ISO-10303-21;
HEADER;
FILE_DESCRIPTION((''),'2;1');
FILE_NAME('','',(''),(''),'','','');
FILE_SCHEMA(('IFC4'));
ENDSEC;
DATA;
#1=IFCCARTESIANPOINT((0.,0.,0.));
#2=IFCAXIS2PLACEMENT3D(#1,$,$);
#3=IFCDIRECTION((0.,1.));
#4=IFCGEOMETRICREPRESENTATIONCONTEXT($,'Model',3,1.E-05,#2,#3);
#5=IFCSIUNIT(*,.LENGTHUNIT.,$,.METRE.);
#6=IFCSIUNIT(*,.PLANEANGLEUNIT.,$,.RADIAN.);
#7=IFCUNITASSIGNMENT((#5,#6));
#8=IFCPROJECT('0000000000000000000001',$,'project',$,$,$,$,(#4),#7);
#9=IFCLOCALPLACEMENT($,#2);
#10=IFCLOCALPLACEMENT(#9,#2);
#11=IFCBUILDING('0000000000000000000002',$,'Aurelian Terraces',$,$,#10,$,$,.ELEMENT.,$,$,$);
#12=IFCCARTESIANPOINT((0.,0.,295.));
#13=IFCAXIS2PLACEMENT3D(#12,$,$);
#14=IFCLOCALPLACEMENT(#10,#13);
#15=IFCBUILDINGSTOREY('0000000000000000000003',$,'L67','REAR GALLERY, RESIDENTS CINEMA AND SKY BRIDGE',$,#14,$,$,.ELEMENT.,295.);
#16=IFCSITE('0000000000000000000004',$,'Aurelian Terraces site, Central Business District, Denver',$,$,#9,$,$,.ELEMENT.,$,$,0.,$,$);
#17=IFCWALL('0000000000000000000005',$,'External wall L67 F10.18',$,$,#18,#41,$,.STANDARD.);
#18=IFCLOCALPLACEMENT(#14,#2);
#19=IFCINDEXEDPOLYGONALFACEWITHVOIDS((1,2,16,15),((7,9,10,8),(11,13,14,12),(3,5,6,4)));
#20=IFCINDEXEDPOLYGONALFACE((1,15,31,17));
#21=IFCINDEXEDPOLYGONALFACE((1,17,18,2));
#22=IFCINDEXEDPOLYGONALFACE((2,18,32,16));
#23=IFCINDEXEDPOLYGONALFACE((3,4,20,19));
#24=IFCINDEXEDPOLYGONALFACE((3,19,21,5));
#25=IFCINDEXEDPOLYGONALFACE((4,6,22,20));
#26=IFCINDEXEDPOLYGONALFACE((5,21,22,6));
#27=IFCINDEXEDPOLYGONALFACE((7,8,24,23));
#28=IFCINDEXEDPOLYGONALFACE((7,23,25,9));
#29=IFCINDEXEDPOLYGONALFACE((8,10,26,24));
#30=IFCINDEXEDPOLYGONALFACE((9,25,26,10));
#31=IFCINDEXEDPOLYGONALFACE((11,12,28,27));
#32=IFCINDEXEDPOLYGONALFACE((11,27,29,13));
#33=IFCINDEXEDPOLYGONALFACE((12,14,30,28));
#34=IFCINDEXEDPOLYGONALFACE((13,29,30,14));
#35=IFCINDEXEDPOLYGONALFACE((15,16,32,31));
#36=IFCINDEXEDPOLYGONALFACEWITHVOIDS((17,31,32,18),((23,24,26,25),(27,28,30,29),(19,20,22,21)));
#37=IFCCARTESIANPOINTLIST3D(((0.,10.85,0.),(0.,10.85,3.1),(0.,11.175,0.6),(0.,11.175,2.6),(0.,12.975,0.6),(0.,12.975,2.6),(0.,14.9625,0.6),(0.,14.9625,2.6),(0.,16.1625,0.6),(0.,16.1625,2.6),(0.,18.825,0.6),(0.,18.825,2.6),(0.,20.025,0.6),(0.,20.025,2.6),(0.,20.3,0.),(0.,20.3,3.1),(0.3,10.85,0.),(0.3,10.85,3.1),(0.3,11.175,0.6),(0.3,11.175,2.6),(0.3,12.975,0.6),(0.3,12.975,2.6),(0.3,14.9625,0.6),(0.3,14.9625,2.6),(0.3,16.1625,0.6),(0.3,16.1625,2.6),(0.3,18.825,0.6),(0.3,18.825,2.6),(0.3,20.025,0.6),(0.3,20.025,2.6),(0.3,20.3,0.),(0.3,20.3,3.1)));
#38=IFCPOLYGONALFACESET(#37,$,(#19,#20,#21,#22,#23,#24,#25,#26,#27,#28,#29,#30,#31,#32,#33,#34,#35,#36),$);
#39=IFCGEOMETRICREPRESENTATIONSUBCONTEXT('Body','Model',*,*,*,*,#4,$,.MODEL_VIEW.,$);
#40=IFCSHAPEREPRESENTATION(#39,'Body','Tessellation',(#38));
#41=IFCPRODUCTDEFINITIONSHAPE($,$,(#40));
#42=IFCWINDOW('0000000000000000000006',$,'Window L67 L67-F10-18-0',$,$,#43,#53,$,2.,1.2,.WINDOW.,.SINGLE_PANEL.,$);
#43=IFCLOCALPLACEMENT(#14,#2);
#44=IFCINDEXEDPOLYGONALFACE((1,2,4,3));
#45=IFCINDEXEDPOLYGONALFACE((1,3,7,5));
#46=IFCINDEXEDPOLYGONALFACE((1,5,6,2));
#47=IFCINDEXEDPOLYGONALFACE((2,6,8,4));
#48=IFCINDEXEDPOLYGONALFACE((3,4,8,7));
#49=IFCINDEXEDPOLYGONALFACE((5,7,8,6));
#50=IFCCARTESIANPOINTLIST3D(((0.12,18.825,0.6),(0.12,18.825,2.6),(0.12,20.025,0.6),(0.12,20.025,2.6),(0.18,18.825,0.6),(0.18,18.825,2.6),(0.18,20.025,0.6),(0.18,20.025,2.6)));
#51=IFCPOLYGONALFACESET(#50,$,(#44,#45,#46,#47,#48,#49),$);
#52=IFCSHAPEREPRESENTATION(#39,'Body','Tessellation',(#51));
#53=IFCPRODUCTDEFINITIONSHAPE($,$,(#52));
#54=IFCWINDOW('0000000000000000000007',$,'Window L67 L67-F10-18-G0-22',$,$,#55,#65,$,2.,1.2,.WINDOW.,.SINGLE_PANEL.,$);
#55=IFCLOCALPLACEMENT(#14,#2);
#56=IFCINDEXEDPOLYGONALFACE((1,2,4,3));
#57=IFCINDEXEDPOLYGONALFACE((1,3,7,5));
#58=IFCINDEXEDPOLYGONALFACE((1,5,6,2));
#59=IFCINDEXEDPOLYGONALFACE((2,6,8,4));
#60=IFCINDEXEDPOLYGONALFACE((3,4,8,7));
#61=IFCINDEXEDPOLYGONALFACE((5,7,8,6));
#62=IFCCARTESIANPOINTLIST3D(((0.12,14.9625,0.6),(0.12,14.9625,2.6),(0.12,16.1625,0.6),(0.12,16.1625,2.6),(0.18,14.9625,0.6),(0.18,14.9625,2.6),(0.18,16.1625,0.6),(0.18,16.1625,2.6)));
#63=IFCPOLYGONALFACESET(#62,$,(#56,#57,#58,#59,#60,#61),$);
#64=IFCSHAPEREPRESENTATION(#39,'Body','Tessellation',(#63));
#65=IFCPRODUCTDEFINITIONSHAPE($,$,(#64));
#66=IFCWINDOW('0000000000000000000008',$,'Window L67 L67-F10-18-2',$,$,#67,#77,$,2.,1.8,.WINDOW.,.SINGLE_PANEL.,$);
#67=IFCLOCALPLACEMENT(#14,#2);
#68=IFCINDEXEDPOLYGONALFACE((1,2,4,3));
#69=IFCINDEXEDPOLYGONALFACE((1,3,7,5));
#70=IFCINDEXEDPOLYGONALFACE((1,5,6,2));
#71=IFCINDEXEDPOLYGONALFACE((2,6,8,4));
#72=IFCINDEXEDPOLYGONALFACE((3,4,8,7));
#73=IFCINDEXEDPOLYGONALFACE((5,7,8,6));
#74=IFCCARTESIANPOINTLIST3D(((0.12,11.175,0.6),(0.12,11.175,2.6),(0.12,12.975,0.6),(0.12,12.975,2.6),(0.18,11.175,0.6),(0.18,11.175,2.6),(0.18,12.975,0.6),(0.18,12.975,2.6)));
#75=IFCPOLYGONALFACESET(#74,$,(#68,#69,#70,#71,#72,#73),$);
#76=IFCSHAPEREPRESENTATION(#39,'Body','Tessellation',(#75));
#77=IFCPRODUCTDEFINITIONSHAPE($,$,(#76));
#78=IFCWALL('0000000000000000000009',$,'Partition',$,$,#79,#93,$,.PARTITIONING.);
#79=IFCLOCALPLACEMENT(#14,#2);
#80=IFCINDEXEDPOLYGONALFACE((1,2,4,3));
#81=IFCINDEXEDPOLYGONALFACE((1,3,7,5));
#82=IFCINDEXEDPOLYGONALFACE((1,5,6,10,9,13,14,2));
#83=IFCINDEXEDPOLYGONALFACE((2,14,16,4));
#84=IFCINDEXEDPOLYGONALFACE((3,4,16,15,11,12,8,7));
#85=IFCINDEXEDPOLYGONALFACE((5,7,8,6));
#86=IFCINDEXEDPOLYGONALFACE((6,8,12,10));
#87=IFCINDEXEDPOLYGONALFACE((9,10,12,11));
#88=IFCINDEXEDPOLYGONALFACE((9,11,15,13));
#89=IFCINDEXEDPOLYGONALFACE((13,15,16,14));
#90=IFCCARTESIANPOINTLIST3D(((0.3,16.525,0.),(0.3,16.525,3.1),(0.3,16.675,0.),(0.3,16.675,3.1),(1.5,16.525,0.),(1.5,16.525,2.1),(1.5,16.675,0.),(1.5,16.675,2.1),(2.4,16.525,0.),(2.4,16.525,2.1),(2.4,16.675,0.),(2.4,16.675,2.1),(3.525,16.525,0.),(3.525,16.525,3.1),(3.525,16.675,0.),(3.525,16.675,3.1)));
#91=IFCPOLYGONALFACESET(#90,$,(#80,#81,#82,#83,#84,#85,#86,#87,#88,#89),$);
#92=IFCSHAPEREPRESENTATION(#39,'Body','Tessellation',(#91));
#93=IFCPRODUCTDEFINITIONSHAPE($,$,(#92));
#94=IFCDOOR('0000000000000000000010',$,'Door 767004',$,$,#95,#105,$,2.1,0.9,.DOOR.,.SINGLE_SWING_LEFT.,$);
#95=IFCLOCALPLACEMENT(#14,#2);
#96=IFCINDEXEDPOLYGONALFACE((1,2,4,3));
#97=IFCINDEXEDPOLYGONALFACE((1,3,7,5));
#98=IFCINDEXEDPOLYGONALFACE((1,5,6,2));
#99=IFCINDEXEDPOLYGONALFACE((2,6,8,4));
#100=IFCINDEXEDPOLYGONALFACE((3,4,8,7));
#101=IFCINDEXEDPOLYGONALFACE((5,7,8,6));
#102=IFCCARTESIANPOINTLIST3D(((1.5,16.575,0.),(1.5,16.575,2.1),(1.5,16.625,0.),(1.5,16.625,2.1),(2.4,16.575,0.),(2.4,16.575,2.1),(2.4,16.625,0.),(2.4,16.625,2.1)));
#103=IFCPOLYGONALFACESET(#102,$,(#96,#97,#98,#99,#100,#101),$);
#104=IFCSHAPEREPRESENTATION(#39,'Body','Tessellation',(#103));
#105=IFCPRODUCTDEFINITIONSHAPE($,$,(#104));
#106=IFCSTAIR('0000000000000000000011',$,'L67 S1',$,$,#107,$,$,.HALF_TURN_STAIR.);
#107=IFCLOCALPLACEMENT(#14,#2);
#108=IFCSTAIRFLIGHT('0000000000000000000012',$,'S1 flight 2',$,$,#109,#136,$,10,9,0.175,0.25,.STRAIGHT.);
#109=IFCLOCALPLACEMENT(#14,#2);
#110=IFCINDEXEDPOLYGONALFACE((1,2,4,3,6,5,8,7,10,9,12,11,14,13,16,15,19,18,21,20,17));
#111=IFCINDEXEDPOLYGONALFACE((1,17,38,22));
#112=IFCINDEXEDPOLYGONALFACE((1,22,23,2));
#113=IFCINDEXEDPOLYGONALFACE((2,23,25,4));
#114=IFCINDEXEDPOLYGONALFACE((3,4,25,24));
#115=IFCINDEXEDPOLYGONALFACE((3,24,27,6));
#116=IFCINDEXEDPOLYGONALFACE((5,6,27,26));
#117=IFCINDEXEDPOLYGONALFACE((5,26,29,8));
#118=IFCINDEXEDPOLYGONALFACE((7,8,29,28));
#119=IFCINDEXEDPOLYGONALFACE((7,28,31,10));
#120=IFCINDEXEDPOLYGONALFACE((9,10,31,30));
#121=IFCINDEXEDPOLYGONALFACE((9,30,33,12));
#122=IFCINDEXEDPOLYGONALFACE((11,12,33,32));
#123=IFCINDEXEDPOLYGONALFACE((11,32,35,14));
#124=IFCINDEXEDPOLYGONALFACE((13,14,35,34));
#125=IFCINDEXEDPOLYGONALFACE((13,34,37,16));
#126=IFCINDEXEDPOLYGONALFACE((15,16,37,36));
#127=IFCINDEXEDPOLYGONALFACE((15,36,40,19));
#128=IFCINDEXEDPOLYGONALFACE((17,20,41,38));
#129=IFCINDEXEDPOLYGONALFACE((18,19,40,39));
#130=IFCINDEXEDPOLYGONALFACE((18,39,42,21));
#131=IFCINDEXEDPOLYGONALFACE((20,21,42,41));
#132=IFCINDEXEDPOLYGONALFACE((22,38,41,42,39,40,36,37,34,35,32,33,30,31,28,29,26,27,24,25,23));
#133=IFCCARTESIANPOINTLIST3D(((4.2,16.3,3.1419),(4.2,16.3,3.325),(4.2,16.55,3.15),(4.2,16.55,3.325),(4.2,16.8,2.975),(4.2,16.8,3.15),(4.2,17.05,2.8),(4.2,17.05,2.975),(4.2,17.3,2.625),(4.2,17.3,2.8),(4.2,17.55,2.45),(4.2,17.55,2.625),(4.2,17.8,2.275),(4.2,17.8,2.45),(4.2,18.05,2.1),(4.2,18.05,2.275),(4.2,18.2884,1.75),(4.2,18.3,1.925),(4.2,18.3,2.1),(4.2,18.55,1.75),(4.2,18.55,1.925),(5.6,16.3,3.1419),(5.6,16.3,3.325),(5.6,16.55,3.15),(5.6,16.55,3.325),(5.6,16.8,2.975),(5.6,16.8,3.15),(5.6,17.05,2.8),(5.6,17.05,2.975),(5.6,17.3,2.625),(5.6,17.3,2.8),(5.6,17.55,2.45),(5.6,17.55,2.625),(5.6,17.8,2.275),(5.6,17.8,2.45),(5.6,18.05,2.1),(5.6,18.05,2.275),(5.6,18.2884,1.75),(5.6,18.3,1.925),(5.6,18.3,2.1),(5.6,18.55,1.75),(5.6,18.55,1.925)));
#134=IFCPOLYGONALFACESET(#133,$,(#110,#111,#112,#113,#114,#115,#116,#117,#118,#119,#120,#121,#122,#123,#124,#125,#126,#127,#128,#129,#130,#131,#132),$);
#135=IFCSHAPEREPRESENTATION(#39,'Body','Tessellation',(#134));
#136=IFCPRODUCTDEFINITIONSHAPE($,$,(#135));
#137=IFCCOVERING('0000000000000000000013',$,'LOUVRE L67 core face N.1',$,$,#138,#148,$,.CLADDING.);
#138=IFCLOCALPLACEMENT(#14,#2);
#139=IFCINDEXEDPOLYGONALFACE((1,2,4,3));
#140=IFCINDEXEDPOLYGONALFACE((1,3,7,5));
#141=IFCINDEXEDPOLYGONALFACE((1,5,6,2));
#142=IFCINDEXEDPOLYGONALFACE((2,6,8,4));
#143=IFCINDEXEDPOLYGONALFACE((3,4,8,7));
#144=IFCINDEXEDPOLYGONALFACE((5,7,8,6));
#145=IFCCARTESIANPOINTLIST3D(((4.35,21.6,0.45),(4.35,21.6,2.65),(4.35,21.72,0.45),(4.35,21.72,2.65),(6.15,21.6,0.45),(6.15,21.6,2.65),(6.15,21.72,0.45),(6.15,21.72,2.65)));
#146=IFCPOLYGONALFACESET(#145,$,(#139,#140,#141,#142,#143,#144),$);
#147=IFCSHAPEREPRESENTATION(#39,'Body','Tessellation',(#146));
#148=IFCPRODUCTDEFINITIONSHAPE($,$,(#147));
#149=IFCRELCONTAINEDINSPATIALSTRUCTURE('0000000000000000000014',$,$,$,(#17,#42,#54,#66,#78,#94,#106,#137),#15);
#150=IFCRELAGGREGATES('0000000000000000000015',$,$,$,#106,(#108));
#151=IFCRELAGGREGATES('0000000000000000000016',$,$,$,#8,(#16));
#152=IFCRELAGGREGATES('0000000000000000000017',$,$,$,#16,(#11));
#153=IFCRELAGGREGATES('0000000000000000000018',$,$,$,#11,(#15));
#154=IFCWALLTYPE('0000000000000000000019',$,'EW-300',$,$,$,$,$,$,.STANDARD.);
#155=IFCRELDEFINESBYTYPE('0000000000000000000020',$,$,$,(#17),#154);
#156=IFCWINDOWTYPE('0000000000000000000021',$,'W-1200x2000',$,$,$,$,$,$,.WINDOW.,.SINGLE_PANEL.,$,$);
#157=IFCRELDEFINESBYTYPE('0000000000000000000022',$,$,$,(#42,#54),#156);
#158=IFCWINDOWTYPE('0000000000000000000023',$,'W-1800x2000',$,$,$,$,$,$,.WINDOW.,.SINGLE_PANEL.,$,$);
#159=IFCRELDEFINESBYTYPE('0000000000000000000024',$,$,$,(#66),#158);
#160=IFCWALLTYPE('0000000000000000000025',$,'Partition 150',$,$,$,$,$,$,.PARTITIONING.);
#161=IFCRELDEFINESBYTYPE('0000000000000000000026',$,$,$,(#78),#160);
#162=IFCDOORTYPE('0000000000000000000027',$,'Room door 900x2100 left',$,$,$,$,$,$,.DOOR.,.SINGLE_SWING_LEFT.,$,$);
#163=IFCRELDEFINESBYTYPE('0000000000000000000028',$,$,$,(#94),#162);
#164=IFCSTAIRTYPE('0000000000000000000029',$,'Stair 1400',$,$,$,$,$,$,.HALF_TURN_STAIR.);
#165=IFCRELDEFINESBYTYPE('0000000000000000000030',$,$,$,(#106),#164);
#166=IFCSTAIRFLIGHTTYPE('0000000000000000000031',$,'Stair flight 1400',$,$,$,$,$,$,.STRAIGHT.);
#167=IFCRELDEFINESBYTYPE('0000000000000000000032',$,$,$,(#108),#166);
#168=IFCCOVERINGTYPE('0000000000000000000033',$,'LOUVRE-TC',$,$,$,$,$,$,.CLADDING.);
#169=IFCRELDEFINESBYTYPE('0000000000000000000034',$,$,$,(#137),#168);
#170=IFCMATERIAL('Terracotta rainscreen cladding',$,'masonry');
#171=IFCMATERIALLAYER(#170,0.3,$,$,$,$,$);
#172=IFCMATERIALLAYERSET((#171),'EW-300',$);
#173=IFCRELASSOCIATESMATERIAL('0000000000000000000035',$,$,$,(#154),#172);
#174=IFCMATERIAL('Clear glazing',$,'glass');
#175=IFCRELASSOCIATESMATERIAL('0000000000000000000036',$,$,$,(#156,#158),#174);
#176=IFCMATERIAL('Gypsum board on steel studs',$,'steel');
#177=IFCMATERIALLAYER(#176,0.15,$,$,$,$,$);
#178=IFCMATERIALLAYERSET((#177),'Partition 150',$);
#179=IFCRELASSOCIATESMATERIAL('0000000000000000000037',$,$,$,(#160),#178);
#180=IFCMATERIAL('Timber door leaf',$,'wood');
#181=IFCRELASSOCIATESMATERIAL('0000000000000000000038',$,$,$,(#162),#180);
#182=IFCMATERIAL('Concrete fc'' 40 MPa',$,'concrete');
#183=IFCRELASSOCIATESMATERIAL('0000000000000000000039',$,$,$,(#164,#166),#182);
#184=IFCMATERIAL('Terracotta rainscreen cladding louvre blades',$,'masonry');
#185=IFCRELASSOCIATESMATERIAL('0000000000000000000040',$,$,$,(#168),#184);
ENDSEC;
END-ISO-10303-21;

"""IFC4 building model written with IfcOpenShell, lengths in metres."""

from ifc_helpers import new_model, si_unit, direction, frame, frame_2d, origin, origin_2d, place, context, subcontext, project, spatial, polyline, rectangle, outline, extrude, source, transform, mapped, material, layer, layer_set, type_object, element, fill, aggregate, save


model = new_model("IFC4")

# Units and contexts
model_context = context("Model", 3, precision=1e-05, world=origin(), true_north=direction((0.0, 1.0)))
body_context = subcontext(model_context, "Body", "Model", "MODEL_VIEW")
ifc_project = project(units=[si_unit("LENGTHUNIT", "METRE"), si_unit("PLANEANGLEUNIT", "RADIAN")], contexts=[model_context])

# Site, building, storey
site_placement = place(None, origin())
site = spatial("IfcSite", under=ifc_project, at=site_placement, Name="Aurelian Terraces site, Central Business District, Denver", CompositionType="ELEMENT", RefElevation=0.0)
building_placement = place(site_placement, origin())
building = spatial("IfcBuilding", under=site, at=building_placement, Name="Aurelian Terraces", CompositionType="ELEMENT")
storey_placement = place(building_placement, frame((0.0, 0.0, 295.0)))
storey = spatial("IfcBuildingStorey", under=building, at=storey_placement, Name="L67", Description="REAR GALLERY, RESIDENTS CINEMA AND SKY BRIDGE", CompositionType="ELEMENT", Elevation=295.0)

# Shared definitions
ifc_material_1 = material(Name="Terracotta rainscreen cladding", Category="masonry")
ifc_layer_1 = layer(ifc_material_1, 0.3)
ifc_layer_set_1 = layer_set([ifc_layer_1], Name="EW-300")
wall_type_1 = type_object("IfcWallType", Name="EW-300", PredefinedType="STANDARD", material=ifc_layer_set_1)
ifc_material_2 = material(Name="Clear glazing", Category="glass")

# Wall, openings, windows
shared_shape_1 = source(origin(), body_context, "Body", "SweptSolid", [
    extrude(rectangle(XDim=9.45, YDim=0.3, at=frame_2d((4.725, 0.0))), origin(), (0.0, 0.0, 1.0), 3.1),
])
wall_1_placement = place(storey_placement, frame((0.15, 20.3, 0.0), z_axis=(0.0, 0.0, 1.0), x_axis=(0.0, -1.0, 0.0)))
wall_1 = element("IfcWall", 1, at=wall_1_placement, inside=storey, type_object=wall_type_1, Name="External wall L67 F10.18", PredefinedType="STANDARD", context=body_context, shape_type="MappedRepresentation", body=[
    mapped(shared_shape_1, transform((0.0, 0.0, 0.0), scale=1.0)),
])
shared_shape_2 = source(origin(), body_context, "Body", "SweptSolid", [
    extrude(rectangle(XDim=1.2, YDim=2.0, at=frame_2d((0.6, 1.0))), frame((0.0, 0.16, 0.0), z_axis=(0.0, -1.0, 0.0), x_axis=(1.0, 0.0, 0.0)), (0.0, 0.0, 1.0), 0.32),
])
opening_1_placement = place(wall_1_placement, frame((0.275, 0.0, 0.6)))
opening_1 = element("IfcOpeningElement", 2, at=opening_1_placement, cuts=wall_1, PredefinedType="OPENING", context=body_context, shape_type="MappedRepresentation", body=[
    mapped(shared_shape_2, transform((0.0, 0.0, 0.0), scale=1.0)),
])
shared_shape_3 = source(origin(), body_context, "Body", "SweptSolid", [
    extrude(rectangle(XDim=1.8, YDim=2.0, at=frame_2d((0.9, 1.0))), frame((0.0, 0.16, 0.0), z_axis=(0.0, -1.0, 0.0), x_axis=(1.0, 0.0, 0.0)), (0.0, 0.0, 1.0), 0.32),
])
opening_2_placement = place(wall_1_placement, frame((7.325, 0.0, 0.6)))
opening_2 = element("IfcOpeningElement", 3, at=opening_2_placement, cuts=wall_1, PredefinedType="OPENING", context=body_context, shape_type="MappedRepresentation", body=[
    mapped(shared_shape_3, transform((0.0, 0.0, 0.0), scale=1.0)),
])
opening_3_placement = place(wall_1_placement, frame((4.1375, 0.0, 0.6)))
opening_3 = element("IfcOpeningElement", 4, at=opening_3_placement, cuts=wall_1, PredefinedType="OPENING", context=body_context, shape_type="MappedRepresentation", body=[
    mapped(shared_shape_2, transform((0.0, 0.0, 0.0), scale=1.0)),
])
window_type_1 = type_object("IfcWindowType", Name="W-1200x2000", PartitioningType="SINGLE_PANEL", PredefinedType="WINDOW", material=ifc_material_2)
shared_shape_4 = source(origin(), body_context, "Body", "SweptSolid", [
    extrude(rectangle(XDim=1.2, YDim=2.0, at=frame_2d((0.6, 1.0))), frame((0.0, 0.03, 0.0), z_axis=(0.0, -1.0, 0.0), x_axis=(1.0, 0.0, 0.0)), (0.0, 0.0, 1.0), 0.06),
])
window_1_placement = place(opening_1_placement, origin())
window_1 = element("IfcWindow", 5, at=window_1_placement, inside=storey, type_object=window_type_1, Name="Window L67 L67-F10-18-0", OverallHeight=2.0, OverallWidth=1.2, PartitioningType="SINGLE_PANEL", PredefinedType="WINDOW", context=body_context, shape_type="MappedRepresentation", body=[
    mapped(shared_shape_4, transform((0.0, 0.0, 0.0), scale=1.0)),
])
fill(opening_1, window_1)
window_2_placement = place(opening_3_placement, origin())
window_2 = element("IfcWindow", 6, at=window_2_placement, inside=storey, type_object=window_type_1, Name="Window L67 L67-F10-18-G0-22", OverallHeight=2.0, OverallWidth=1.2, PartitioningType="SINGLE_PANEL", PredefinedType="WINDOW", context=body_context, shape_type="MappedRepresentation", body=[
    mapped(shared_shape_4, transform((0.0, 0.0, 0.0), scale=1.0)),
])
fill(opening_3, window_2)
window_type_2 = type_object("IfcWindowType", Name="W-1800x2000", PartitioningType="SINGLE_PANEL", PredefinedType="WINDOW", material=ifc_material_2)
shared_shape_5 = source(origin(), body_context, "Body", "SweptSolid", [
    extrude(rectangle(XDim=1.8, YDim=2.0, at=frame_2d((0.9, 1.0))), frame((0.0, 0.03, 0.0), z_axis=(0.0, -1.0, 0.0), x_axis=(1.0, 0.0, 0.0)), (0.0, 0.0, 1.0), 0.06),
])
window_3_placement = place(opening_2_placement, origin())
window_3 = element("IfcWindow", 7, at=window_3_placement, inside=storey, type_object=window_type_2, Name="Window L67 L67-F10-18-2", OverallHeight=2.0, OverallWidth=1.8, PartitioningType="SINGLE_PANEL", PredefinedType="WINDOW", context=body_context, shape_type="MappedRepresentation", body=[
    mapped(shared_shape_5, transform((0.0, 0.0, 0.0), scale=1.0)),
])
fill(opening_2, window_3)

# Wall, opening, door
ifc_material_3 = material(Name="Gypsum board on steel studs", Category="steel")
ifc_layer_2 = layer(ifc_material_3, 0.15)
ifc_layer_set_2 = layer_set([ifc_layer_2], Name="Partition 150")
wall_type_2 = type_object("IfcWallType", Name="Partition 150", PredefinedType="PARTITIONING", material=ifc_layer_set_2)
shared_shape_6 = source(origin(), body_context, "Body", "SweptSolid", [
    extrude(rectangle(XDim=3.225, YDim=0.15, at=frame_2d((1.6125, 0.0))), origin(), (0.0, 0.0, 1.0), 3.1),
])
wall_2_placement = place(storey_placement, frame((0.3, 16.6, 0.0), z_axis=(0.0, 0.0, 1.0), x_axis=(1.0, 0.0, 0.0)))
wall_2 = element("IfcWall", 8, at=wall_2_placement, inside=storey, type_object=wall_type_2, Name="Partition", PredefinedType="PARTITIONING", context=body_context, shape_type="MappedRepresentation", body=[
    mapped(shared_shape_6, transform((0.0, 0.0, 0.0), scale=1.0)),
])
shared_shape_7 = source(origin(), body_context, "Body", "SweptSolid", [
    extrude(rectangle(XDim=0.9, YDim=2.1, at=frame_2d((0.45, 1.05))), frame((0.0, 0.085, 0.0), z_axis=(0.0, -1.0, 0.0), x_axis=(1.0, 0.0, 0.0)), (0.0, 0.0, 1.0), 0.17),
])
opening_4_placement = place(wall_2_placement, frame((1.2, 0.0, 0.0)))
opening_4 = element("IfcOpeningElement", 9, at=opening_4_placement, cuts=wall_2, PredefinedType="OPENING", context=body_context, shape_type="MappedRepresentation", body=[
    mapped(shared_shape_7, transform((0.0, 0.0, 0.0), scale=1.0)),
])
ifc_material_4 = material(Name="Timber door leaf", Category="wood")
door_type = type_object("IfcDoorType", Name="Room door 900x2100 left", OperationType="SINGLE_SWING_LEFT", PredefinedType="DOOR", material=ifc_material_4)
shared_shape_8 = source(origin(), body_context, "Body", "SweptSolid", [
    extrude(rectangle(XDim=0.9, YDim=2.1, at=frame_2d((0.45, 1.05))), frame((0.0, 0.025, 0.0), z_axis=(0.0, -1.0, 0.0), x_axis=(1.0, 0.0, 0.0)), (0.0, 0.0, 1.0), 0.05),
])
door_placement = place(opening_4_placement, origin())
door = element("IfcDoor", 10, at=door_placement, inside=storey, type_object=door_type, Name="Door 767004", OperationType="SINGLE_SWING_LEFT", OverallHeight=2.1, OverallWidth=0.9, PredefinedType="DOOR", context=body_context, shape_type="MappedRepresentation", body=[
    mapped(shared_shape_8, transform((0.0, 0.0, 0.0), scale=1.0)),
])
fill(opening_4, door)

# Stair, stair flight
ifc_material_5 = material(Name="Concrete fc' 40 MPa", Category="concrete")
stair_type = type_object("IfcStairType", Name="Stair 1400", PredefinedType="HALF_TURN_STAIR", material=ifc_material_5)
stair_placement = place(storey_placement, origin())
stair = element("IfcStair", 11, at=stair_placement, inside=storey, type_object=stair_type, Name="L67 S1", PredefinedType="HALF_TURN_STAIR")
stair_flight_type = type_object("IfcStairFlightType", Name="Stair flight 1400", PredefinedType="STRAIGHT", material=ifc_material_5)
shared_shape_9 = source(origin(), body_context, "Body", "SweptSolid", [
    extrude(outline(polyline([(0.0, 0.0), (0.0, 0.175), (0.25, 0.175), (0.25, 0.35), (0.5, 0.35), (0.5, 0.525), (0.75, 0.525), (0.75, 0.7), (1.0, 0.7), (1.0, 0.875), (1.25, 0.875), (1.25, 1.05), (1.5, 1.05), (1.5, 1.225), (1.75, 1.225), (1.75, 1.4), (2.0, 1.4), (2.0, 1.575), (2.25, 1.575), (2.25, 1.75), (2.25, 1.3919), (0.2616, 0.0), (0.0, 0.0)])), frame((0.0, 0.7, 0.0), z_axis=(0.0, -1.0, 0.0), x_axis=(1.0, 0.0, 0.0)), (0.0, 0.0, 1.0), 1.4),
])
stair_flight_placement = place(storey_placement, frame((4.9, 18.55, 1.75), z_axis=(0.0, 0.0, 1.0), x_axis=(0.0, -1.0, 0.0)))
stair_flight = element("IfcStairFlight", 12, at=stair_flight_placement, type_object=stair_flight_type, Name="S1 flight 2", NumberOfRisers=10, NumberOfTreads=9, PredefinedType="STRAIGHT", RiserHeight=0.175, TreadLength=0.25, context=body_context, shape_type="MappedRepresentation", body=[
    mapped(shared_shape_9, transform((0.0, 0.0, 0.0), scale=1.0)),
])
aggregate(stair, [stair_flight])

# Covering
ifc_material_6 = material(Name="Terracotta rainscreen cladding louvre blades", Category="masonry")
covering_type_1 = type_object("IfcCoveringType", Name="LOUVRE-TC", PredefinedType="CLADDING", material=ifc_material_6)
shared_shape_10 = source(origin(), body_context, "Body", "SweptSolid", [
    extrude(rectangle(XDim=1.8, YDim=0.12, at=origin_2d()), origin(), (0.0, 0.0, 1.0), 2.2),
])
covering_1_placement = place(storey_placement, frame((5.25, 21.66, 0.45), z_axis=(0.0, 0.0, 1.0), x_axis=(1.0, 0.0, 0.0)))
element("IfcCovering", 13, at=covering_1_placement, inside=storey, type_object=covering_type_1, Name="LOUVRE L67 core face N.1", PredefinedType="CLADDING", context=body_context, shape_type="MappedRepresentation", body=[
    mapped(shared_shape_10, transform((0.0, 0.0, 0.0), scale=1.0)),
])

save(model, "model.ifc")
